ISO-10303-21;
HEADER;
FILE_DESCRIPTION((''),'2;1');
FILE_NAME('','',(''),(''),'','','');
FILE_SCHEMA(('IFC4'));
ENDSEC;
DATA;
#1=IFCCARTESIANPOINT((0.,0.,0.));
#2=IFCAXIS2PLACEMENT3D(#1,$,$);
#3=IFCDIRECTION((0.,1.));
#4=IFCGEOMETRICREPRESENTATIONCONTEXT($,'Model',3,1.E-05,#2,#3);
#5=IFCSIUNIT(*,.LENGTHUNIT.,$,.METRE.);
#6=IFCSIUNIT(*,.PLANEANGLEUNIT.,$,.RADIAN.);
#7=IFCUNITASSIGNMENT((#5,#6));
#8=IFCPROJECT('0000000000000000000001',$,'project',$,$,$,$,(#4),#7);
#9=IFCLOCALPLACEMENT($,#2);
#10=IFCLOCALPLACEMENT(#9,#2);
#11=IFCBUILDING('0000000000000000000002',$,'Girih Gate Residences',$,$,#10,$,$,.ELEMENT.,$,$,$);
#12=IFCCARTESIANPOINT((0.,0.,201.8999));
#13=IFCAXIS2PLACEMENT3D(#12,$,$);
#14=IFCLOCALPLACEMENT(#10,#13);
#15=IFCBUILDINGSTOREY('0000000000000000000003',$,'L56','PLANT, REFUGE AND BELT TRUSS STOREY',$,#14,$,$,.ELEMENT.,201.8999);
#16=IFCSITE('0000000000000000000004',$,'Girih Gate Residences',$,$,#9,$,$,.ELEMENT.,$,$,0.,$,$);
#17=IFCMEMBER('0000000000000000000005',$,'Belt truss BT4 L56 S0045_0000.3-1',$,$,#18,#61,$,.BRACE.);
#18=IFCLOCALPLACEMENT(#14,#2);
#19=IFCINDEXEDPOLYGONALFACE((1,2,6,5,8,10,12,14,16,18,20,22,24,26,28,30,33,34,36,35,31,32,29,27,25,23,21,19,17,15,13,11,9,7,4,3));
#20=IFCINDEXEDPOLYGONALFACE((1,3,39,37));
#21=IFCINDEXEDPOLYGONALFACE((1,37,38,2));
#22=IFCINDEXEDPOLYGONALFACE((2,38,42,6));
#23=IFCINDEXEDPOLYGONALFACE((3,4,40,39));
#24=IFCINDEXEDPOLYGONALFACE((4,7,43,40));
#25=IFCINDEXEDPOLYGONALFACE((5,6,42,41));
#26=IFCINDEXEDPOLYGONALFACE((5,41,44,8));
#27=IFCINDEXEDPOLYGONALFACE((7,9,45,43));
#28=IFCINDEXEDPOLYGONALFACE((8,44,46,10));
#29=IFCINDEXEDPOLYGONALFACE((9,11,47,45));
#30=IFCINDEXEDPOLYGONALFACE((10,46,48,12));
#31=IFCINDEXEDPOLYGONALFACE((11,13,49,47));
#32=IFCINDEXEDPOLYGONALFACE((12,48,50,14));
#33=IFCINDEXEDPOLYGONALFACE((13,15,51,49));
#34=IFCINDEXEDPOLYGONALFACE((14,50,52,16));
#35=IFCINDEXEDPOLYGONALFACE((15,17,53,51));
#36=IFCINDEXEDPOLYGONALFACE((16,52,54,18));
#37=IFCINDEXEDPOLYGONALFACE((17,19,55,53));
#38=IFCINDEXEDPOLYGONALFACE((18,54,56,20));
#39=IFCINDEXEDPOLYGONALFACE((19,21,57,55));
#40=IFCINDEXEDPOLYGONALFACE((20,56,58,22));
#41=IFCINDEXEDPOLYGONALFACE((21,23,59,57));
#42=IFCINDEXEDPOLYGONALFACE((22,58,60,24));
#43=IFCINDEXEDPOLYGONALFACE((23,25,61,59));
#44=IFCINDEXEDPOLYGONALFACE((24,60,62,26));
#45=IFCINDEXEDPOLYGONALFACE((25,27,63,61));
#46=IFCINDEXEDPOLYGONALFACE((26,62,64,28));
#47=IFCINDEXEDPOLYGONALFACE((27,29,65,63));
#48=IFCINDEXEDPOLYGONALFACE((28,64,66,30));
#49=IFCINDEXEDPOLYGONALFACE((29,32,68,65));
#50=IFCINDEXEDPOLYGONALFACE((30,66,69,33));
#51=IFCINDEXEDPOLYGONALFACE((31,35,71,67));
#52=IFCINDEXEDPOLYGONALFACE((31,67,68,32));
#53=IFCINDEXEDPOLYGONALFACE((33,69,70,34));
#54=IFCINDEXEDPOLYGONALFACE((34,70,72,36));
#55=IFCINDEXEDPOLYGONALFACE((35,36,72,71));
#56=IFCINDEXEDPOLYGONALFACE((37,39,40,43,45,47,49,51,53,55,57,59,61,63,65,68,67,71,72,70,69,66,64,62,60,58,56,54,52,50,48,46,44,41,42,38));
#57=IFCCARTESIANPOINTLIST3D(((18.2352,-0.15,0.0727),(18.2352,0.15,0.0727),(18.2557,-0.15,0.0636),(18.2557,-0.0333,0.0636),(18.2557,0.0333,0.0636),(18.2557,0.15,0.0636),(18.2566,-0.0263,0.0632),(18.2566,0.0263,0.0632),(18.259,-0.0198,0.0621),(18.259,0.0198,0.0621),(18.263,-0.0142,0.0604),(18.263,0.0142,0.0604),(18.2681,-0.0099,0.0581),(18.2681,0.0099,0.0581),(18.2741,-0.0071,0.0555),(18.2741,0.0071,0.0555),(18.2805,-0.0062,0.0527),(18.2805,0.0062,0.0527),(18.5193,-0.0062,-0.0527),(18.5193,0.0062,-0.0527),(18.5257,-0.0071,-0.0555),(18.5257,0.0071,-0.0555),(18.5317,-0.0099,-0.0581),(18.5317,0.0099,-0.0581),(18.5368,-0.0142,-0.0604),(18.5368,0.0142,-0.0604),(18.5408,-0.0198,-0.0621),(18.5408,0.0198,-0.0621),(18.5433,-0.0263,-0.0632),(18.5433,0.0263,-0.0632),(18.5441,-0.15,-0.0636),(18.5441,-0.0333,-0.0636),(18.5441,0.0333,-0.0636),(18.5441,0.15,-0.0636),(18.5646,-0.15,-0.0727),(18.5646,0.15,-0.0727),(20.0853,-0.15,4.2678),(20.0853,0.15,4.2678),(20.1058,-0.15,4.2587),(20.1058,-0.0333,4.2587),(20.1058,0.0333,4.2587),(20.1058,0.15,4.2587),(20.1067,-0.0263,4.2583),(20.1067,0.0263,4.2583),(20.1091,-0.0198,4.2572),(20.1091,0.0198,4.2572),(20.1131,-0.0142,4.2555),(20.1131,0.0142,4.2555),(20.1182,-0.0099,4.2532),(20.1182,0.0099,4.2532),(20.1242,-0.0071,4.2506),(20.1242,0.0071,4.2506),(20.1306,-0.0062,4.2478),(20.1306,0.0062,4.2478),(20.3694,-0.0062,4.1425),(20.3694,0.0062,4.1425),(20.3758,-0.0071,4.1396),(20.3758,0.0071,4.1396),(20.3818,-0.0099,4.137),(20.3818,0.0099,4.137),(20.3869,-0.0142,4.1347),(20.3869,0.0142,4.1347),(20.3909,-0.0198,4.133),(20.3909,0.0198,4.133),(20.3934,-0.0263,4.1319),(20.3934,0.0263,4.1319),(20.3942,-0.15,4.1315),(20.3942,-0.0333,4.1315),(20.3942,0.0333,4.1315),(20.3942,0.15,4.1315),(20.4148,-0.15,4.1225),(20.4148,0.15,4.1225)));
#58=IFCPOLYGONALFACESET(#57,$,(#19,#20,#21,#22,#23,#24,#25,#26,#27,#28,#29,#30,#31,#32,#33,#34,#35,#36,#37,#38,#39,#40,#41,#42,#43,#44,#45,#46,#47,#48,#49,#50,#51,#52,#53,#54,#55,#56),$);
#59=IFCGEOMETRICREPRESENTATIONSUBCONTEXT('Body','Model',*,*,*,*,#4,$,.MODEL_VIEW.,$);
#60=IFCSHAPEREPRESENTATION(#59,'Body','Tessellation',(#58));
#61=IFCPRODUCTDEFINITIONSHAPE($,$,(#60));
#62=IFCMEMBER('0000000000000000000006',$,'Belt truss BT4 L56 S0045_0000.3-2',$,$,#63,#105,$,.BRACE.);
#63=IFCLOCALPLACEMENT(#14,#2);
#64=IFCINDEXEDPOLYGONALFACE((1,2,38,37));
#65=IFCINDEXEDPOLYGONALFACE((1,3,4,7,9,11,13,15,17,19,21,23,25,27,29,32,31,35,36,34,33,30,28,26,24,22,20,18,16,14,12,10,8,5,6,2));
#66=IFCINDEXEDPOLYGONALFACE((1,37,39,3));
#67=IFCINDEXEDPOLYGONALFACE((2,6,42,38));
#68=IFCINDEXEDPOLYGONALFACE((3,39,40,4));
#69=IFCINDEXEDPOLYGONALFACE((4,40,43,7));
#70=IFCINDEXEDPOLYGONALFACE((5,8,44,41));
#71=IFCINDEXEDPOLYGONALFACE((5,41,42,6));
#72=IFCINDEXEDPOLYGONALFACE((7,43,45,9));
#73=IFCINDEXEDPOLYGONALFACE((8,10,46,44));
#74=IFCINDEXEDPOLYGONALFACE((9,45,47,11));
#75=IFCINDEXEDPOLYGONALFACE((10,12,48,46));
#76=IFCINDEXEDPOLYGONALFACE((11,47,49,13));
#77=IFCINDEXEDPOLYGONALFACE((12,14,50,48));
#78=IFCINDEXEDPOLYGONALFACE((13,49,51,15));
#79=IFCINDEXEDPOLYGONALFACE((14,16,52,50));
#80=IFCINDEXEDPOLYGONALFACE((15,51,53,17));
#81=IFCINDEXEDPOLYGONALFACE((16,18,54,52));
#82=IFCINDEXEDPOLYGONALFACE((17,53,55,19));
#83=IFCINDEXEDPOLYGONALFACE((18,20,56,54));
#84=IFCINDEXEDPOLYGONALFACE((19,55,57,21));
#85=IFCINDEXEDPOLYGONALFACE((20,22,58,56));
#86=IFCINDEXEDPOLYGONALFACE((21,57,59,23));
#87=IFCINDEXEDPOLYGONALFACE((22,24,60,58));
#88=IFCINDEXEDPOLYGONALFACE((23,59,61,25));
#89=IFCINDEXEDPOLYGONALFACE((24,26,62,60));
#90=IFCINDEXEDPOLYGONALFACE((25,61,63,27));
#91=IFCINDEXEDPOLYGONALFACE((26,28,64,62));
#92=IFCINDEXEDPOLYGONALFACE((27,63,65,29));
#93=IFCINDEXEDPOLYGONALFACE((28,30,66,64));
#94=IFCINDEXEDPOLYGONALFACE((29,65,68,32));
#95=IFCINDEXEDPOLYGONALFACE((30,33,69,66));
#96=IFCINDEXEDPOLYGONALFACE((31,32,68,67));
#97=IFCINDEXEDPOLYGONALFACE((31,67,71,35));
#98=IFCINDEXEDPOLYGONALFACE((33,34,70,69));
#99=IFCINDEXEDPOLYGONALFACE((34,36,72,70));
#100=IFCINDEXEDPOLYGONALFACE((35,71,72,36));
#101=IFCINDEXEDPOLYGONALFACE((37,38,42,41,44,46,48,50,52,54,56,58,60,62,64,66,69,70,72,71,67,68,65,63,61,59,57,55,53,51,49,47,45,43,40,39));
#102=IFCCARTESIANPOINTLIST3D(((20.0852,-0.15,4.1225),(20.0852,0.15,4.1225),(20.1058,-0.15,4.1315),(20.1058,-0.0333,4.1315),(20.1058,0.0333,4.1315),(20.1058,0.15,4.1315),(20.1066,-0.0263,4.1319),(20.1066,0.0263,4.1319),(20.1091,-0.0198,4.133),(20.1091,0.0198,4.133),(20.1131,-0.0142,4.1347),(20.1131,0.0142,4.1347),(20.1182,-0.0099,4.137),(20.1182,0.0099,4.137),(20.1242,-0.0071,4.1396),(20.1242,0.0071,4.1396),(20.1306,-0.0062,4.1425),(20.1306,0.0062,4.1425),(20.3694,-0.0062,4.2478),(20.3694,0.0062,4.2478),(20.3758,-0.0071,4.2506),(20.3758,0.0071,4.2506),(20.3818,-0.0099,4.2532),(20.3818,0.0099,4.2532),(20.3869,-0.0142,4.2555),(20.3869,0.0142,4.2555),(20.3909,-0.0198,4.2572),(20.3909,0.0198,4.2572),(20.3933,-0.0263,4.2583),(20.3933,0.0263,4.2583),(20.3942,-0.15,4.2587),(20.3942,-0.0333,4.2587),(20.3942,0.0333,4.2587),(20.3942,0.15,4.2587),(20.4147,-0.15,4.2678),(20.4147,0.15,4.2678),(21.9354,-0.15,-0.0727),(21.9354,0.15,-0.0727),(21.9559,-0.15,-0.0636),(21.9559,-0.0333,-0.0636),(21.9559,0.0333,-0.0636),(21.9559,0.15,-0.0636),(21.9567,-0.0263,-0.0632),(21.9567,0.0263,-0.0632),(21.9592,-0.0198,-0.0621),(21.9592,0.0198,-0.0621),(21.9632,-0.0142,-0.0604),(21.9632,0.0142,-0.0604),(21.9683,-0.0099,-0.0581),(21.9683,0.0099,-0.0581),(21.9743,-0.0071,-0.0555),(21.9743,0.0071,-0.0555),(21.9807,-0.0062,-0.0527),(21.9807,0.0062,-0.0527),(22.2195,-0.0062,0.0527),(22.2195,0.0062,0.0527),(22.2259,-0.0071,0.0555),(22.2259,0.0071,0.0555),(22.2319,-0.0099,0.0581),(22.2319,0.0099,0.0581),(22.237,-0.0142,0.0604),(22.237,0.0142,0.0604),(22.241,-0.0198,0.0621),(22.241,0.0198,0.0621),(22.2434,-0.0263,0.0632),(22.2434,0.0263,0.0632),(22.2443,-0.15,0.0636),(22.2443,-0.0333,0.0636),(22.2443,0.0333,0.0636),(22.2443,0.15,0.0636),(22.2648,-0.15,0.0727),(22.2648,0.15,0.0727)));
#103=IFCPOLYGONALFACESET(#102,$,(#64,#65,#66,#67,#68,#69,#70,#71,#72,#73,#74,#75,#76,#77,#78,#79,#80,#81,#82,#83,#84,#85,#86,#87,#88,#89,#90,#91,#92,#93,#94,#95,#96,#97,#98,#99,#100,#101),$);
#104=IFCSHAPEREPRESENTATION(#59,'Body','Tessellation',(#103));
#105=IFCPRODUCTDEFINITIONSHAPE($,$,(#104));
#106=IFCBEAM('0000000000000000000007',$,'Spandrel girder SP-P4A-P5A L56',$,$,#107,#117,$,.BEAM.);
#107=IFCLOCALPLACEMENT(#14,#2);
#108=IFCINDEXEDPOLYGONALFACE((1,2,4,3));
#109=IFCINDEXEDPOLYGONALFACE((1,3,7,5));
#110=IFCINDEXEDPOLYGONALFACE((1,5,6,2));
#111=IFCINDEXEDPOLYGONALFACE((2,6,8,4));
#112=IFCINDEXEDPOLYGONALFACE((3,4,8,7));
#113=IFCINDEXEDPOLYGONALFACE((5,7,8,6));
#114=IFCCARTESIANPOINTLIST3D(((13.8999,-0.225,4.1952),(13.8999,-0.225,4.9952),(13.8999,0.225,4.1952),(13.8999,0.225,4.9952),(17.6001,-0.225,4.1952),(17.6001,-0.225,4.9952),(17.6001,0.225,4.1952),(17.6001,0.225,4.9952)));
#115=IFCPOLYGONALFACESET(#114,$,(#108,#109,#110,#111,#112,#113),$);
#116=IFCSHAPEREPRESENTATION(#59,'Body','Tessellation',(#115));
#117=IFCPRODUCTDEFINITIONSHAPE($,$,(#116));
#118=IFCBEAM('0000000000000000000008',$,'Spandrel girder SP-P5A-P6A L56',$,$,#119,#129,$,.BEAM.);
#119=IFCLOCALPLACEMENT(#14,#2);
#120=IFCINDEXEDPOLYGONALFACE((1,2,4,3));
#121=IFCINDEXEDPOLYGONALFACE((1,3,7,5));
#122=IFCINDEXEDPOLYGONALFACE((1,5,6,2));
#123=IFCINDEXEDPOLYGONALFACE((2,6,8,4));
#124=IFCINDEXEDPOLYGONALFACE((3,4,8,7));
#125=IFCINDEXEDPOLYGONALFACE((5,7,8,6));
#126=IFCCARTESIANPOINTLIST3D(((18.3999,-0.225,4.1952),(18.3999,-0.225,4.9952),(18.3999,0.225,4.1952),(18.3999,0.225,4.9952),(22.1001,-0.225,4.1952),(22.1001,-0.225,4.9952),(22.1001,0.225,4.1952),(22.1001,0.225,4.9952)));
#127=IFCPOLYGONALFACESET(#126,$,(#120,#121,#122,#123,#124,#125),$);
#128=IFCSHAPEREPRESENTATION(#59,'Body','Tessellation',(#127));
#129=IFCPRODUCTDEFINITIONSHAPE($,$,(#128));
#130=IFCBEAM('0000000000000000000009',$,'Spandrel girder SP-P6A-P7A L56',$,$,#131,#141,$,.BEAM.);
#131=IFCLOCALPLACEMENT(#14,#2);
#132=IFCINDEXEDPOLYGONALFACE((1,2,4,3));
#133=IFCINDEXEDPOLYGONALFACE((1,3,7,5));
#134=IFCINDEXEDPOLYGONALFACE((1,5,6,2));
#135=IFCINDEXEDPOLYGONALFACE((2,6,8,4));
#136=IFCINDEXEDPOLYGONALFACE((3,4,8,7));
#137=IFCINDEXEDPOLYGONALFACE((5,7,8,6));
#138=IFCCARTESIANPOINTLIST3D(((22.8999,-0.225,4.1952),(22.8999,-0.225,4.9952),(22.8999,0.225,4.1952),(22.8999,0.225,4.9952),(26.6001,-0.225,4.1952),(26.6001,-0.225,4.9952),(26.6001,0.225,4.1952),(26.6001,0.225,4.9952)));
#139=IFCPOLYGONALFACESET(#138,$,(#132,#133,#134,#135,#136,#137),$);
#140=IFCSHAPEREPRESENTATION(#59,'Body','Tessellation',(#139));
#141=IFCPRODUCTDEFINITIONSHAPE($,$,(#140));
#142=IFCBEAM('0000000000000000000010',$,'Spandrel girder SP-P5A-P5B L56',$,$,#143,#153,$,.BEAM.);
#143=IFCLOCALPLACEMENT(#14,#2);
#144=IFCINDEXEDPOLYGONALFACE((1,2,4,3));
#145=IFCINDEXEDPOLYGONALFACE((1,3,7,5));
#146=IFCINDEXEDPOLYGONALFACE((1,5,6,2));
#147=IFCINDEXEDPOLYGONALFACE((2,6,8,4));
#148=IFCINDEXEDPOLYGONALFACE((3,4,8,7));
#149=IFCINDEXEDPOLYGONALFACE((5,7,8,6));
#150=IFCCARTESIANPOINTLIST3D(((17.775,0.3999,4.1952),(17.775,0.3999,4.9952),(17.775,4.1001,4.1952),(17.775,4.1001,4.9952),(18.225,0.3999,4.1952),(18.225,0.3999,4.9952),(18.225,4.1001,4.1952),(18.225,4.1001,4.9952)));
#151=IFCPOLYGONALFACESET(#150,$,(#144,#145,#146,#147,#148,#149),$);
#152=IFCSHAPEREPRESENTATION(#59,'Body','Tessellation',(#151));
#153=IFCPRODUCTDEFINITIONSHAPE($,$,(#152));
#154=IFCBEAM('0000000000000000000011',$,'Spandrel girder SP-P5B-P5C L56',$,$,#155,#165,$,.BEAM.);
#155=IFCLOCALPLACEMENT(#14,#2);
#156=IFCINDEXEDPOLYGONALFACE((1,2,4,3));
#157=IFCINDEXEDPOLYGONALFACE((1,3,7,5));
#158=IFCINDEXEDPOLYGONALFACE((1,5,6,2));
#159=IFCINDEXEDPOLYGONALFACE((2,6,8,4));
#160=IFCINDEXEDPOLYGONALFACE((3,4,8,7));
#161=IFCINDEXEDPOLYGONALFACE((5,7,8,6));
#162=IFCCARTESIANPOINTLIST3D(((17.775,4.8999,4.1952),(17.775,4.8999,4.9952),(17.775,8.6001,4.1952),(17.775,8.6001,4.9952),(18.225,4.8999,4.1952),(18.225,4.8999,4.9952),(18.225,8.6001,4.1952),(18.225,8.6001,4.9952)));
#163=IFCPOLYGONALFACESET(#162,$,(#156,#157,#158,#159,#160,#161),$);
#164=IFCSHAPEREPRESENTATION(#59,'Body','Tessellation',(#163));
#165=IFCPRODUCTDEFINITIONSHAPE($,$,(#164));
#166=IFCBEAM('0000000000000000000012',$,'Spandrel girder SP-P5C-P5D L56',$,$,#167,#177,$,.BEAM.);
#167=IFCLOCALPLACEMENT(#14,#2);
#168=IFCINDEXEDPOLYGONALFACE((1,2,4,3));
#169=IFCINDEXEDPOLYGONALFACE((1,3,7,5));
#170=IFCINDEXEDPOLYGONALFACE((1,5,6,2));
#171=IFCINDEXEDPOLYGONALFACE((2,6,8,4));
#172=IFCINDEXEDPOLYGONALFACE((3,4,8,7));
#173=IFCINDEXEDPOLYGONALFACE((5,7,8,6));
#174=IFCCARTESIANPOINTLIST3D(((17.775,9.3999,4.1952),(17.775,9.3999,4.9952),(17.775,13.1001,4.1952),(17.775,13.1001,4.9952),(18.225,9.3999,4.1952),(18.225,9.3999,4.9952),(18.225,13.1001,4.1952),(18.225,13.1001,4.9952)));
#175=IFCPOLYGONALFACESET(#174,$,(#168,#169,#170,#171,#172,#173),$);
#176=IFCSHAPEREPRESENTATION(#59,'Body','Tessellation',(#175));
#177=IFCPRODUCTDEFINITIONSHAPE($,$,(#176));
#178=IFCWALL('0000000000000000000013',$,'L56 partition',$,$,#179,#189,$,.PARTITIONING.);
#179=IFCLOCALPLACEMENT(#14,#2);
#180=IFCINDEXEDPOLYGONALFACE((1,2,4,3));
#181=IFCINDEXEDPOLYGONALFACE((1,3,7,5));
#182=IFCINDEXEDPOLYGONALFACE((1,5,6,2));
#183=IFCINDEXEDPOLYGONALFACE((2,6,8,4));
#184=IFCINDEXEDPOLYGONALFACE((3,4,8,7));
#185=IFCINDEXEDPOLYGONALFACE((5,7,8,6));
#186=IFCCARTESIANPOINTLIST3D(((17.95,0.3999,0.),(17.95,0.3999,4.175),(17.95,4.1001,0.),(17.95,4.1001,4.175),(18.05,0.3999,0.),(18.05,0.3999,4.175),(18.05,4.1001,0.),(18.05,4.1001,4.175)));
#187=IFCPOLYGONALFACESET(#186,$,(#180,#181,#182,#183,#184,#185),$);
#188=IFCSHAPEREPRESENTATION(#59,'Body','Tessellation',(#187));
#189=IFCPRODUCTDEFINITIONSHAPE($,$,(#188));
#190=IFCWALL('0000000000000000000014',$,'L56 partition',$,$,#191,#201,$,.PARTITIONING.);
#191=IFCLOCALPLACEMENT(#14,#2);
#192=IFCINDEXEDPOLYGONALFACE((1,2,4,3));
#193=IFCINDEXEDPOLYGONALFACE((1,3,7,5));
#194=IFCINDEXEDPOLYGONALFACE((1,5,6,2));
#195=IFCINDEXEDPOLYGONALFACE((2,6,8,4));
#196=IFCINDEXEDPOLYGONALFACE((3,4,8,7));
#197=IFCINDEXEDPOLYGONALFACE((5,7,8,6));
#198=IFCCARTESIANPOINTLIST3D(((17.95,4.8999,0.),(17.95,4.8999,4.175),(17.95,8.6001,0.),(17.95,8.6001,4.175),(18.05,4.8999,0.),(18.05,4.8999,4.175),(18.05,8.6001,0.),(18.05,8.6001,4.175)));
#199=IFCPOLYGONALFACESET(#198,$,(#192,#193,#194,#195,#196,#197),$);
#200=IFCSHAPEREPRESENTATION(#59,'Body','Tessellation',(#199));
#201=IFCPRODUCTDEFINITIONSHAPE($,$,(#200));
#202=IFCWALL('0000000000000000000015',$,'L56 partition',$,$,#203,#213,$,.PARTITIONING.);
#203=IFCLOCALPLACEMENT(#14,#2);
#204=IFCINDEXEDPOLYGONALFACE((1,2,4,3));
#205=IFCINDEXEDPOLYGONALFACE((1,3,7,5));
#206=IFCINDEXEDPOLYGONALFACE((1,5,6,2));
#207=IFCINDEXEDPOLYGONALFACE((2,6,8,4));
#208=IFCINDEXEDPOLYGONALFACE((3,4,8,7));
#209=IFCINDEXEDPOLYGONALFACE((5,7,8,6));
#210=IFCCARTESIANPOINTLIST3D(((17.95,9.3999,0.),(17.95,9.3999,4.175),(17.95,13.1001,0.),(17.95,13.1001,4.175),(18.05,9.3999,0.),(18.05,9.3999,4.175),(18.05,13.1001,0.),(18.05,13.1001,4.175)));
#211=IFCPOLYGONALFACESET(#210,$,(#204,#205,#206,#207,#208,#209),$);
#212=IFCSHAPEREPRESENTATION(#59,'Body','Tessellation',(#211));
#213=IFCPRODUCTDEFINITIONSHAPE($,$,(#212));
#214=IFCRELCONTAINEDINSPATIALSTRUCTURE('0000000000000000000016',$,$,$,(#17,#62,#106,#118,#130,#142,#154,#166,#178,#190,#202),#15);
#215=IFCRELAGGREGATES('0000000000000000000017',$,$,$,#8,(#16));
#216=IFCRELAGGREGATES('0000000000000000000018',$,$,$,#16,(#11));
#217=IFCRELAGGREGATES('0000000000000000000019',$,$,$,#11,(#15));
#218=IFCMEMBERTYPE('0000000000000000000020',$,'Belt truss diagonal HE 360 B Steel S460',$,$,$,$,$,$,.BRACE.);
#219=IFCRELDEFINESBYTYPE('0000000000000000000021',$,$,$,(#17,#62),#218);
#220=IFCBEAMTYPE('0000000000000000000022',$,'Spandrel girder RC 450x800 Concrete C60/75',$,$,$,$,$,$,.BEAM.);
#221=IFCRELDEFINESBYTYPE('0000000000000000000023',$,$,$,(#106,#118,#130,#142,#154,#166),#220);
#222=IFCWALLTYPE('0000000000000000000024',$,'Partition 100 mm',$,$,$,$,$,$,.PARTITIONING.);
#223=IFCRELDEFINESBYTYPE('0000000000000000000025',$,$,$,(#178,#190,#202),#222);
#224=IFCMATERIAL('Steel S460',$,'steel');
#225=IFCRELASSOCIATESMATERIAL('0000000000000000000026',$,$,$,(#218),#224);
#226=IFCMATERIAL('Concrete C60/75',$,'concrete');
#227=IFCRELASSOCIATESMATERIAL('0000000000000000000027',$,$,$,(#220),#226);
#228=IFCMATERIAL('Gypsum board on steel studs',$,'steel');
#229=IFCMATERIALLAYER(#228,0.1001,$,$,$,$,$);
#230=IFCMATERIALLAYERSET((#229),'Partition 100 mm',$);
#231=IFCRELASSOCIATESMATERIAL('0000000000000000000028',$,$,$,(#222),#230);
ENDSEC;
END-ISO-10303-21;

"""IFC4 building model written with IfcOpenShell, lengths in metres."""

from ifc_helpers import new_model, si_unit, direction, frame, frame_2d, origin, origin_2d, place, context, subcontext, project, spatial, rectangle, i_section, extrude, material, layer, layer_set, material_profile, profile_set, type_object, element, save


model = new_model("IFC4")

# Units and contexts
model_context = context("Model", 3, precision=1e-05, world=origin(), true_north=direction((0.0, 1.0)))
body_context = subcontext(model_context, "Body", "Model", "MODEL_VIEW")
ifc_project = project(units=[si_unit("LENGTHUNIT", "METRE"), si_unit("PLANEANGLEUNIT", "RADIAN")], contexts=[model_context])

# Site, building, storey
site_placement = place(None, origin())
site = spatial("IfcSite", under=ifc_project, at=site_placement, Name="Girih Gate Residences", CompositionType="ELEMENT", RefElevation=0.0)
building_placement = place(site_placement, origin())
building = spatial("IfcBuilding", under=site, at=building_placement, Name="Girih Gate Residences", CompositionType="ELEMENT")
storey_placement = place(building_placement, frame((0.0, 0.0, 201.8999)))
storey = spatial("IfcBuildingStorey", under=building, at=storey_placement, Name="L56", Description="PLANT, REFUGE AND BELT TRUSS STOREY", CompositionType="ELEMENT", Elevation=201.8999)

# Shared definitions
ifc_material_1 = material(Name="Concrete C60/75", Category="concrete")

# Members
ifc_material_2 = material(Name="Steel S460", Category="steel")
ifc_material_profile_1 = material_profile(ifc_material_2, i_section(OverallWidth=0.3, OverallDepth=0.3601, WebThickness=0.0125, FlangeThickness=0.0225, FilletRadius=0.0271, at=origin_2d()))
ifc_profile_set_1 = profile_set([ifc_material_profile_1], Name="Steel S460")
member_type = type_object("IfcMemberType", Name="Belt truss diagonal HE 360 B Steel S460", PredefinedType="BRACE", material=ifc_profile_set_1)
for number, where, z_axis, x_axis, name in (
    (1, (18.3999, 0.0, 0.0), (0.403518, 0.0, 0.914972), (0.0, 1.0, 0.0), "Belt truss BT4 L56 S0045_0000.3-1"),
    (2, (22.1001, 0.0, 0.0), (-0.403518, 0.0, 0.914972), (0.0, -1.0, 0.0), "Belt truss BT4 L56 S0045_0000.3-2"),
):
    element("IfcMember", number, at=place(storey_placement, frame(where, z_axis=z_axis, x_axis=x_axis)), inside=storey, type_object=member_type, Name=name, PredefinedType="BRACE", context=body_context, shape_type="SweptSolid", body=[
        extrude(i_section(OverallWidth=0.3, OverallDepth=0.3601, WebThickness=0.0125, FlangeThickness=0.0225, FilletRadius=0.0271, at=origin_2d()), origin(), (0.0, 0.0, 1.0), 4.585),
    ])

# Beams
ifc_material_profile_2 = material_profile(ifc_material_1, rectangle(XDim=0.45, YDim=0.8, at=origin_2d()))
ifc_profile_set_2 = profile_set([ifc_material_profile_2], Name="Concrete C60/75")
beam_type = type_object("IfcBeamType", Name="Spandrel girder RC 450x800 Concrete C60/75", PredefinedType="BEAM", material=ifc_profile_set_2)
for number, where, z_axis, x_axis, name in (
    (3, (13.8999, 0.0, 4.5952), (1.0, 0.0, 0.0), (0.0, 1.0, 0.0), "Spandrel girder SP-P4A-P5A L56"),
    (4, (18.3999, 0.0, 4.5952), (1.0, 0.0, 0.0), (0.0, 1.0, 0.0), "Spandrel girder SP-P5A-P6A L56"),
    (5, (22.8999, 0.0, 4.5952), (1.0, 0.0, 0.0), (0.0, 1.0, 0.0), "Spandrel girder SP-P6A-P7A L56"),
    (6, (18.0, 0.3999, 4.5952), (0.0, 1.0, 0.0), (-1.0, 0.0, 0.0), "Spandrel girder SP-P5A-P5B L56"),
    (7, (18.0, 4.8999, 4.5952), (0.0, 1.0, 0.0), (-1.0, 0.0, 0.0), "Spandrel girder SP-P5B-P5C L56"),
    (8, (18.0, 9.3999, 4.5952), (0.0, 1.0, 0.0), (-1.0, 0.0, 0.0), "Spandrel girder SP-P5C-P5D L56"),
):
    element("IfcBeam", number, at=place(storey_placement, frame(where, z_axis=z_axis, x_axis=x_axis)), inside=storey, type_object=beam_type, Name=name, PredefinedType="BEAM", context=body_context, shape_type="SweptSolid", body=[
        extrude(rectangle(XDim=0.45, YDim=0.8, at=origin_2d()), origin(), (0.0, 0.0, 1.0), 3.7002),
    ])

# Walls
ifc_material_3 = material(Name="Gypsum board on steel studs", Category="steel")
ifc_layer_1 = layer(ifc_material_3, 0.1001)
ifc_layer_set_1 = layer_set([ifc_layer_1], Name="Partition 100 mm")
wall_type_1 = type_object("IfcWallType", Name="Partition 100 mm", PredefinedType="PARTITIONING", material=ifc_layer_set_1)
for number, where, z_axis, x_axis, name in (
    (9, (18.0, 0.3999, 0.0), (0.0, 0.0, 1.0), (0.0, 1.0, 0.0), "L56 partition"),
    (10, (18.0, 4.8999, 0.0), (0.0, 0.0, 1.0), (0.0, 1.0, 0.0), "L56 partition"),
    (11, (18.0, 9.3999, 0.0), (0.0, 0.0, 1.0), (0.0, 1.0, 0.0), "L56 partition"),
):
    element("IfcWall", number, at=place(storey_placement, frame(where, z_axis=z_axis, x_axis=x_axis)), inside=storey, type_object=wall_type_1, Name=name, PredefinedType="PARTITIONING", context=body_context, shape_type="SweptSolid", body=[
        extrude(rectangle(XDim=3.7002, YDim=0.1001, at=frame_2d((1.8501, 0.0))), origin(), (0.0, 0.0, 1.0), 4.175),
    ])

save(model, "model.ifc")
